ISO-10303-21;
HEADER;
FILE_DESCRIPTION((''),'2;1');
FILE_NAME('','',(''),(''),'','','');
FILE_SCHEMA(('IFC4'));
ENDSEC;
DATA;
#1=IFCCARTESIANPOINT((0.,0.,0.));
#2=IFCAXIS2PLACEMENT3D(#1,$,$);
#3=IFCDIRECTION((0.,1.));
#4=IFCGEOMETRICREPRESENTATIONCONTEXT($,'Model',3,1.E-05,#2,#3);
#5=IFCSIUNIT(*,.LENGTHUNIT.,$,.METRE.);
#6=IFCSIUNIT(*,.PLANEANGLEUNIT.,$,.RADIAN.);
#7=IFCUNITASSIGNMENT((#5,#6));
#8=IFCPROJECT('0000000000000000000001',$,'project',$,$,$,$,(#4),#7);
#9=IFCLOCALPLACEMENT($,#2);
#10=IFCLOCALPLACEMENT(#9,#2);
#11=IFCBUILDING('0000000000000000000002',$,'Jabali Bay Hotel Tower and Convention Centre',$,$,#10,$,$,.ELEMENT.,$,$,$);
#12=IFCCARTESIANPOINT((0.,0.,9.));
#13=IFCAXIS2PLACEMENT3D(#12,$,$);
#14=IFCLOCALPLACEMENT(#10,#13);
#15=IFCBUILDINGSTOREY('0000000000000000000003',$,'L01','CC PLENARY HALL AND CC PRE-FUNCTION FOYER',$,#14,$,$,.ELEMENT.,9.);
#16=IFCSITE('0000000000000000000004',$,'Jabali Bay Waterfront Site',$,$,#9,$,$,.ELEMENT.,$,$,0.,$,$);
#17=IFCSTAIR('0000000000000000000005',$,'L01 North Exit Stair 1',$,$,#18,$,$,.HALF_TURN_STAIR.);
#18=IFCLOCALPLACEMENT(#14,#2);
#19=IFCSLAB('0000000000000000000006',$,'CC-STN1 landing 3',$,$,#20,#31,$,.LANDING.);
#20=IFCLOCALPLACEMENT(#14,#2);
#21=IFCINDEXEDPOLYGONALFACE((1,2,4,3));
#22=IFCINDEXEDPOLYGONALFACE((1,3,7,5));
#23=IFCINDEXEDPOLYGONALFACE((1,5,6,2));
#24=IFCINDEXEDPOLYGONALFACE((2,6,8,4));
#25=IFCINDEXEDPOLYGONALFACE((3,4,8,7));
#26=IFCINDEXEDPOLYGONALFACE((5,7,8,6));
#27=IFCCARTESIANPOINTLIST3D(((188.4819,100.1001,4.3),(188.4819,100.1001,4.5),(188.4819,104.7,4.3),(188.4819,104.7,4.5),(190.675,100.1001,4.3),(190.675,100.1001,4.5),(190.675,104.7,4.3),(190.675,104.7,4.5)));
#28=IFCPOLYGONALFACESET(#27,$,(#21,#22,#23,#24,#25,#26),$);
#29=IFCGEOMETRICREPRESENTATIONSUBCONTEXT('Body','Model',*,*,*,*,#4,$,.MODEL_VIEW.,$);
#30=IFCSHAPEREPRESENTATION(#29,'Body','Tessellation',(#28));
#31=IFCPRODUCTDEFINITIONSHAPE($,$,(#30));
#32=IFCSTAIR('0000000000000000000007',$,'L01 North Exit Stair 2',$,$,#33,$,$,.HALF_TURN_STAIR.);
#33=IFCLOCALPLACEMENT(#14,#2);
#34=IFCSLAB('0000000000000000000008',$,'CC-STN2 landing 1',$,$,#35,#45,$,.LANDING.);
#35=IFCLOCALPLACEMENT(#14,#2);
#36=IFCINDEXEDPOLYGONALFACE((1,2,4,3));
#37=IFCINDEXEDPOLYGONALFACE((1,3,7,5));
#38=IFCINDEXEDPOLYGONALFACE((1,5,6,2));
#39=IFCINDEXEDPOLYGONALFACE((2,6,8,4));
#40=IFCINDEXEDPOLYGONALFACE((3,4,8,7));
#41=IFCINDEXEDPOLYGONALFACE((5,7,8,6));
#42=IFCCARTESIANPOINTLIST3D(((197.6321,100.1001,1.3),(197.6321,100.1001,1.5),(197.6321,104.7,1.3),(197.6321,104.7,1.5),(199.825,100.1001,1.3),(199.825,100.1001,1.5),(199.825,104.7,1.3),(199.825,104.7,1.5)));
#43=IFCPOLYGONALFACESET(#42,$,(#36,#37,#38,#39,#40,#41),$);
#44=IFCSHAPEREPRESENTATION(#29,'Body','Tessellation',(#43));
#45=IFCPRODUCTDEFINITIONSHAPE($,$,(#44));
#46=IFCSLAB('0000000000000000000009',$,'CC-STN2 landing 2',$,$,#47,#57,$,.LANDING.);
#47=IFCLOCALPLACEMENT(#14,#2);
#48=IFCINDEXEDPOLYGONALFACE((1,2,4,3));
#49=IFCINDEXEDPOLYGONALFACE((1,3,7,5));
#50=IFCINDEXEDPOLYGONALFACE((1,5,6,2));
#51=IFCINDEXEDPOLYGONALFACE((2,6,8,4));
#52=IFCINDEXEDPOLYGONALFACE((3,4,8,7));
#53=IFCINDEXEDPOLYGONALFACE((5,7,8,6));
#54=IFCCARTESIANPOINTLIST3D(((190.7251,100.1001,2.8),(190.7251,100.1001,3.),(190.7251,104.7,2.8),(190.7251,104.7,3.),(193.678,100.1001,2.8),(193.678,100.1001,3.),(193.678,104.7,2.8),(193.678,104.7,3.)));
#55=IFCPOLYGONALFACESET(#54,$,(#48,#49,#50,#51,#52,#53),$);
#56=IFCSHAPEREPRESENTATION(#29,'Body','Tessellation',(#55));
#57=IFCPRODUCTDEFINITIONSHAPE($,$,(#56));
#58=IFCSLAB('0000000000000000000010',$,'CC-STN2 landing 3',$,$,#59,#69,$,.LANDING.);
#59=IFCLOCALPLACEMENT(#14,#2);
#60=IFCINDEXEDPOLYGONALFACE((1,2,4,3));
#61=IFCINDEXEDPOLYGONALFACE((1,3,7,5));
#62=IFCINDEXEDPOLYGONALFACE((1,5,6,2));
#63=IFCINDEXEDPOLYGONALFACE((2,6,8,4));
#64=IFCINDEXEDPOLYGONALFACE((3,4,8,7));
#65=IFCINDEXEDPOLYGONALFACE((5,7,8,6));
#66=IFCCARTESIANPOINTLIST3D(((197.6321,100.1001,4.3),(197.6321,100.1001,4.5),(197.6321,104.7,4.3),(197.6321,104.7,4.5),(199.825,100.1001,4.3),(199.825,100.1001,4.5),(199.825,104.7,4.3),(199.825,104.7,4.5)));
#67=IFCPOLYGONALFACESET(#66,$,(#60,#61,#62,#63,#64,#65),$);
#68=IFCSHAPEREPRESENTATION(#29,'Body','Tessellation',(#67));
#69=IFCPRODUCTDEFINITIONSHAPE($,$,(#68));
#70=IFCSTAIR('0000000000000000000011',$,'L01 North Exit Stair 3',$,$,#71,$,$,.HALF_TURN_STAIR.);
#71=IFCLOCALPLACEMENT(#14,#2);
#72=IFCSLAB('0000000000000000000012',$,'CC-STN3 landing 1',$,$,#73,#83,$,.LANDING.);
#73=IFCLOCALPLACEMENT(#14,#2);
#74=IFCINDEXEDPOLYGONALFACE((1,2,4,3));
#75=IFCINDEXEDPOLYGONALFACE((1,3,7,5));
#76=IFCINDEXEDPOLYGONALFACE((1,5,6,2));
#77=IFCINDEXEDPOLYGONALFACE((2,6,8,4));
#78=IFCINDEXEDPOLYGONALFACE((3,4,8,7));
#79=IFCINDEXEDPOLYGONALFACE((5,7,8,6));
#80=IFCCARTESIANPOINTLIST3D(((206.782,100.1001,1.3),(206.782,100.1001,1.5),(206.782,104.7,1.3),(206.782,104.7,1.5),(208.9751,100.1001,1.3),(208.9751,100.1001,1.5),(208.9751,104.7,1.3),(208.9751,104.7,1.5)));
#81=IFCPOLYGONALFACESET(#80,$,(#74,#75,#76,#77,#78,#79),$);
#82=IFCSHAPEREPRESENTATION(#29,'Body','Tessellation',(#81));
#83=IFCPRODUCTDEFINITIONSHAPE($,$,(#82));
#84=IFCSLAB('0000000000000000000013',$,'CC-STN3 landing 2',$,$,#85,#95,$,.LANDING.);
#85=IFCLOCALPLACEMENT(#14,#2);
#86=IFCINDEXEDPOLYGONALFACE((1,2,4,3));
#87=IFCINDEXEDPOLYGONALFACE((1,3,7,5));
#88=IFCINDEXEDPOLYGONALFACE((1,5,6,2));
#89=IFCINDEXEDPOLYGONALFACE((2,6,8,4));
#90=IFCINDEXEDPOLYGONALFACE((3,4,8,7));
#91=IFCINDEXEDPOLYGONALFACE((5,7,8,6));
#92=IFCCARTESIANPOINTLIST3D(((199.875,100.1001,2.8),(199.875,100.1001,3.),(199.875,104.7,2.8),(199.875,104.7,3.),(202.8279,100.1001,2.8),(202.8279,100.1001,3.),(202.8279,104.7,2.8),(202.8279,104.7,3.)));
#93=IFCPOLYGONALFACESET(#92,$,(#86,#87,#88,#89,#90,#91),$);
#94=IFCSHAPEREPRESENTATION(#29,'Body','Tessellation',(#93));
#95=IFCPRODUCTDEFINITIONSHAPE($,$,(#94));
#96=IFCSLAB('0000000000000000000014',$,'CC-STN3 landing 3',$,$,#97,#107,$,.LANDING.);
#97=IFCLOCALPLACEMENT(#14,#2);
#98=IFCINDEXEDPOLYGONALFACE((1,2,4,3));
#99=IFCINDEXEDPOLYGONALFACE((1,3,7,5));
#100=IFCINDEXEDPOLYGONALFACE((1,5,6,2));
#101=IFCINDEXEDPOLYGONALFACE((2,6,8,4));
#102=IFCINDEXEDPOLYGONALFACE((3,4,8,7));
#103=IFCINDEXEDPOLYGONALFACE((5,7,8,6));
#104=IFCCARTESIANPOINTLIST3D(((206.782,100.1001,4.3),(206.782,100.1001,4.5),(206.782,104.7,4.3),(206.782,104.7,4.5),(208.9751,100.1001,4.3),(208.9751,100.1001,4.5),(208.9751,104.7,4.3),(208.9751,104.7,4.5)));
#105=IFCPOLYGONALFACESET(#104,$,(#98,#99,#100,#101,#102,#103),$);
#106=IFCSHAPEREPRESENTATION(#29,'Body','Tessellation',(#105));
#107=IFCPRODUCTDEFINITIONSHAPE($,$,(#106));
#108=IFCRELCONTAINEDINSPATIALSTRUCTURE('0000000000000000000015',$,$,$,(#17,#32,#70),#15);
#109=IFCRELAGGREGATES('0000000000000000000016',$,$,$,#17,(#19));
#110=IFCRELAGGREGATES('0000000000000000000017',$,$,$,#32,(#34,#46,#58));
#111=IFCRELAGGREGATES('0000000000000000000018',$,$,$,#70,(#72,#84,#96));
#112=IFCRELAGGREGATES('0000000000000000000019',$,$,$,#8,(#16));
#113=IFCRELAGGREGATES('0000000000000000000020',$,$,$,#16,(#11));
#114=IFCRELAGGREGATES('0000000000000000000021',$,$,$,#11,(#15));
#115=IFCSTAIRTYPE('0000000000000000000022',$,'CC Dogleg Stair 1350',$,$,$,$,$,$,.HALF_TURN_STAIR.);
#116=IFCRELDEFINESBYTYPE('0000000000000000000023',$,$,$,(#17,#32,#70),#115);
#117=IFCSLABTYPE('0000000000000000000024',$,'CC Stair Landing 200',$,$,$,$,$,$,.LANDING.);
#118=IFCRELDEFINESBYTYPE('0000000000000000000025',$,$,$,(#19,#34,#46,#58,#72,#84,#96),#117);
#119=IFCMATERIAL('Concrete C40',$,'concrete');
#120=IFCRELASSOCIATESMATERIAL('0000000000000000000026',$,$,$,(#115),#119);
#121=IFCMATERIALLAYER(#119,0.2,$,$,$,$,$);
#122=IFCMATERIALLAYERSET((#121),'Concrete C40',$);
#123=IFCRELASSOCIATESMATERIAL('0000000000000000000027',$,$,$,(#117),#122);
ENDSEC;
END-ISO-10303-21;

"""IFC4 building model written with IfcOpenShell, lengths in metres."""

from ifc_helpers import new_model, si_unit, direction, frame, origin, place, context, subcontext, project, spatial, polyline, outline, extrude, material, layer, layer_set, type_object, element, aggregate, save


model = new_model("IFC4")

# Units and contexts
model_context = context("Model", 3, precision=1e-05, world=origin(), true_north=direction((0.0, 1.0)))
body_context = subcontext(model_context, "Body", "Model", "MODEL_VIEW")
ifc_project = project(units=[si_unit("LENGTHUNIT", "METRE"), si_unit("PLANEANGLEUNIT", "RADIAN")], contexts=[model_context])

# Site, building, storey
site_placement = place(None, origin())
site = spatial("IfcSite", under=ifc_project, at=site_placement, Name="Jabali Bay Waterfront Site", CompositionType="ELEMENT", RefElevation=0.0)
building_placement = place(site_placement, origin())
building = spatial("IfcBuilding", under=site, at=building_placement, Name="Jabali Bay Hotel Tower and Convention Centre", CompositionType="ELEMENT")
storey_placement = place(building_placement, frame((0.0, 0.0, 9.0)))
storey = spatial("IfcBuildingStorey", under=building, at=storey_placement, Name="L01", Description="CC PLENARY HALL AND CC PRE-FUNCTION FOYER", CompositionType="ELEMENT", Elevation=9.0)

# Shared definitions
ifc_material = material(Name="Concrete C40", Category="concrete")
stair_type = type_object("IfcStairType", Name="CC Dogleg Stair 1350", PredefinedType="HALF_TURN_STAIR", material=ifc_material)
ifc_layer = layer(ifc_material, 0.2)
ifc_layer_set = layer_set([ifc_layer], Name="Concrete C40")
slab_type = type_object("IfcSlabType", Name="CC Stair Landing 200", PredefinedType="LANDING", material=ifc_layer_set)

# Stairs, slabs
stair_1_placement = place(storey_placement, origin())
stair_1 = element("IfcStair", 1, at=stair_1_placement, inside=storey, type_object=stair_type, Name="L01 North Exit Stair 1", PredefinedType="HALF_TURN_STAIR")
slab_1_placement = place(storey_placement, frame((0.0, 0.0, 4.3)))
slab_1 = element("IfcSlab", 2, at=slab_1_placement, type_object=slab_type, Name="CC-STN1 landing 3", PredefinedType="LANDING", context=body_context, shape_type="SweptSolid", body=[
    extrude(outline(polyline([(188.4819, 100.1001), (190.675, 100.1001), (190.675, 104.7), (188.4819, 104.7), (188.4819, 100.1001)])), origin(), (0.0, 0.0, 1.0), 0.2),
])
aggregate(stair_1, [slab_1])
stair_2_placement = place(storey_placement, origin())
stair_2 = element("IfcStair", 3, at=stair_2_placement, inside=storey, type_object=stair_type, Name="L01 North Exit Stair 2", PredefinedType="HALF_TURN_STAIR")
slab_2_placement = place(storey_placement, frame((0.0, 0.0, 1.3)))
slab_2 = element("IfcSlab", 4, at=slab_2_placement, type_object=slab_type, Name="CC-STN2 landing 1", PredefinedType="LANDING", context=body_context, shape_type="SweptSolid", body=[
    extrude(outline(polyline([(197.6321, 100.1001), (199.825, 100.1001), (199.825, 104.7), (197.6321, 104.7), (197.6321, 100.1001)])), origin(), (0.0, 0.0, 1.0), 0.2),
])
slab_3_placement = place(storey_placement, frame((0.0, 0.0, 2.8)))
slab_3 = element("IfcSlab", 5, at=slab_3_placement, type_object=slab_type, Name="CC-STN2 landing 2", PredefinedType="LANDING", context=body_context, shape_type="SweptSolid", body=[
    extrude(outline(polyline([(190.7251, 100.1001), (193.678, 100.1001), (193.678, 104.7), (190.7251, 104.7), (190.7251, 100.1001)])), origin(), (0.0, 0.0, 1.0), 0.2),
])
slab_4_placement = place(storey_placement, frame((0.0, 0.0, 4.3)))
slab_4 = element("IfcSlab", 6, at=slab_4_placement, type_object=slab_type, Name="CC-STN2 landing 3", PredefinedType="LANDING", context=body_context, shape_type="SweptSolid", body=[
    extrude(outline(polyline([(197.6321, 100.1001), (199.825, 100.1001), (199.825, 104.7), (197.6321, 104.7), (197.6321, 100.1001)])), origin(), (0.0, 0.0, 1.0), 0.2),
])
aggregate(stair_2, [slab_2, slab_3, slab_4])
stair_3_placement = place(storey_placement, origin())
stair_3 = element("IfcStair", 7, at=stair_3_placement, inside=storey, type_object=stair_type, Name="L01 North Exit Stair 3", PredefinedType="HALF_TURN_STAIR")
slab_5_placement = place(storey_placement, frame((0.0, 0.0, 1.3)))
slab_5 = element("IfcSlab", 8, at=slab_5_placement, type_object=slab_type, Name="CC-STN3 landing 1", PredefinedType="LANDING", context=body_context, shape_type="SweptSolid", body=[
    extrude(outline(polyline([(206.782, 100.1001), (208.9751, 100.1001), (208.9751, 104.7), (206.782, 104.7), (206.782, 100.1001)])), origin(), (0.0, 0.0, 1.0), 0.2),
])
slab_6_placement = place(storey_placement, frame((0.0, 0.0, 2.8)))
slab_6 = element("IfcSlab", 9, at=slab_6_placement, type_object=slab_type, Name="CC-STN3 landing 2", PredefinedType="LANDING", context=body_context, shape_type="SweptSolid", body=[
    extrude(outline(polyline([(199.875, 100.1001), (202.8279, 100.1001), (202.8279, 104.7), (199.875, 104.7), (199.875, 100.1001)])), origin(), (0.0, 0.0, 1.0), 0.2),
])
slab_7_placement = place(storey_placement, frame((0.0, 0.0, 4.3)))
slab_7 = element("IfcSlab", 10, at=slab_7_placement, type_object=slab_type, Name="CC-STN3 landing 3", PredefinedType="LANDING", context=body_context, shape_type="SweptSolid", body=[
    extrude(outline(polyline([(206.782, 100.1001), (208.9751, 100.1001), (208.9751, 104.7), (206.782, 104.7), (206.782, 100.1001)])), origin(), (0.0, 0.0, 1.0), 0.2),
])
aggregate(stair_3, [slab_5, slab_6, slab_7])

save(model, "model.ifc")
